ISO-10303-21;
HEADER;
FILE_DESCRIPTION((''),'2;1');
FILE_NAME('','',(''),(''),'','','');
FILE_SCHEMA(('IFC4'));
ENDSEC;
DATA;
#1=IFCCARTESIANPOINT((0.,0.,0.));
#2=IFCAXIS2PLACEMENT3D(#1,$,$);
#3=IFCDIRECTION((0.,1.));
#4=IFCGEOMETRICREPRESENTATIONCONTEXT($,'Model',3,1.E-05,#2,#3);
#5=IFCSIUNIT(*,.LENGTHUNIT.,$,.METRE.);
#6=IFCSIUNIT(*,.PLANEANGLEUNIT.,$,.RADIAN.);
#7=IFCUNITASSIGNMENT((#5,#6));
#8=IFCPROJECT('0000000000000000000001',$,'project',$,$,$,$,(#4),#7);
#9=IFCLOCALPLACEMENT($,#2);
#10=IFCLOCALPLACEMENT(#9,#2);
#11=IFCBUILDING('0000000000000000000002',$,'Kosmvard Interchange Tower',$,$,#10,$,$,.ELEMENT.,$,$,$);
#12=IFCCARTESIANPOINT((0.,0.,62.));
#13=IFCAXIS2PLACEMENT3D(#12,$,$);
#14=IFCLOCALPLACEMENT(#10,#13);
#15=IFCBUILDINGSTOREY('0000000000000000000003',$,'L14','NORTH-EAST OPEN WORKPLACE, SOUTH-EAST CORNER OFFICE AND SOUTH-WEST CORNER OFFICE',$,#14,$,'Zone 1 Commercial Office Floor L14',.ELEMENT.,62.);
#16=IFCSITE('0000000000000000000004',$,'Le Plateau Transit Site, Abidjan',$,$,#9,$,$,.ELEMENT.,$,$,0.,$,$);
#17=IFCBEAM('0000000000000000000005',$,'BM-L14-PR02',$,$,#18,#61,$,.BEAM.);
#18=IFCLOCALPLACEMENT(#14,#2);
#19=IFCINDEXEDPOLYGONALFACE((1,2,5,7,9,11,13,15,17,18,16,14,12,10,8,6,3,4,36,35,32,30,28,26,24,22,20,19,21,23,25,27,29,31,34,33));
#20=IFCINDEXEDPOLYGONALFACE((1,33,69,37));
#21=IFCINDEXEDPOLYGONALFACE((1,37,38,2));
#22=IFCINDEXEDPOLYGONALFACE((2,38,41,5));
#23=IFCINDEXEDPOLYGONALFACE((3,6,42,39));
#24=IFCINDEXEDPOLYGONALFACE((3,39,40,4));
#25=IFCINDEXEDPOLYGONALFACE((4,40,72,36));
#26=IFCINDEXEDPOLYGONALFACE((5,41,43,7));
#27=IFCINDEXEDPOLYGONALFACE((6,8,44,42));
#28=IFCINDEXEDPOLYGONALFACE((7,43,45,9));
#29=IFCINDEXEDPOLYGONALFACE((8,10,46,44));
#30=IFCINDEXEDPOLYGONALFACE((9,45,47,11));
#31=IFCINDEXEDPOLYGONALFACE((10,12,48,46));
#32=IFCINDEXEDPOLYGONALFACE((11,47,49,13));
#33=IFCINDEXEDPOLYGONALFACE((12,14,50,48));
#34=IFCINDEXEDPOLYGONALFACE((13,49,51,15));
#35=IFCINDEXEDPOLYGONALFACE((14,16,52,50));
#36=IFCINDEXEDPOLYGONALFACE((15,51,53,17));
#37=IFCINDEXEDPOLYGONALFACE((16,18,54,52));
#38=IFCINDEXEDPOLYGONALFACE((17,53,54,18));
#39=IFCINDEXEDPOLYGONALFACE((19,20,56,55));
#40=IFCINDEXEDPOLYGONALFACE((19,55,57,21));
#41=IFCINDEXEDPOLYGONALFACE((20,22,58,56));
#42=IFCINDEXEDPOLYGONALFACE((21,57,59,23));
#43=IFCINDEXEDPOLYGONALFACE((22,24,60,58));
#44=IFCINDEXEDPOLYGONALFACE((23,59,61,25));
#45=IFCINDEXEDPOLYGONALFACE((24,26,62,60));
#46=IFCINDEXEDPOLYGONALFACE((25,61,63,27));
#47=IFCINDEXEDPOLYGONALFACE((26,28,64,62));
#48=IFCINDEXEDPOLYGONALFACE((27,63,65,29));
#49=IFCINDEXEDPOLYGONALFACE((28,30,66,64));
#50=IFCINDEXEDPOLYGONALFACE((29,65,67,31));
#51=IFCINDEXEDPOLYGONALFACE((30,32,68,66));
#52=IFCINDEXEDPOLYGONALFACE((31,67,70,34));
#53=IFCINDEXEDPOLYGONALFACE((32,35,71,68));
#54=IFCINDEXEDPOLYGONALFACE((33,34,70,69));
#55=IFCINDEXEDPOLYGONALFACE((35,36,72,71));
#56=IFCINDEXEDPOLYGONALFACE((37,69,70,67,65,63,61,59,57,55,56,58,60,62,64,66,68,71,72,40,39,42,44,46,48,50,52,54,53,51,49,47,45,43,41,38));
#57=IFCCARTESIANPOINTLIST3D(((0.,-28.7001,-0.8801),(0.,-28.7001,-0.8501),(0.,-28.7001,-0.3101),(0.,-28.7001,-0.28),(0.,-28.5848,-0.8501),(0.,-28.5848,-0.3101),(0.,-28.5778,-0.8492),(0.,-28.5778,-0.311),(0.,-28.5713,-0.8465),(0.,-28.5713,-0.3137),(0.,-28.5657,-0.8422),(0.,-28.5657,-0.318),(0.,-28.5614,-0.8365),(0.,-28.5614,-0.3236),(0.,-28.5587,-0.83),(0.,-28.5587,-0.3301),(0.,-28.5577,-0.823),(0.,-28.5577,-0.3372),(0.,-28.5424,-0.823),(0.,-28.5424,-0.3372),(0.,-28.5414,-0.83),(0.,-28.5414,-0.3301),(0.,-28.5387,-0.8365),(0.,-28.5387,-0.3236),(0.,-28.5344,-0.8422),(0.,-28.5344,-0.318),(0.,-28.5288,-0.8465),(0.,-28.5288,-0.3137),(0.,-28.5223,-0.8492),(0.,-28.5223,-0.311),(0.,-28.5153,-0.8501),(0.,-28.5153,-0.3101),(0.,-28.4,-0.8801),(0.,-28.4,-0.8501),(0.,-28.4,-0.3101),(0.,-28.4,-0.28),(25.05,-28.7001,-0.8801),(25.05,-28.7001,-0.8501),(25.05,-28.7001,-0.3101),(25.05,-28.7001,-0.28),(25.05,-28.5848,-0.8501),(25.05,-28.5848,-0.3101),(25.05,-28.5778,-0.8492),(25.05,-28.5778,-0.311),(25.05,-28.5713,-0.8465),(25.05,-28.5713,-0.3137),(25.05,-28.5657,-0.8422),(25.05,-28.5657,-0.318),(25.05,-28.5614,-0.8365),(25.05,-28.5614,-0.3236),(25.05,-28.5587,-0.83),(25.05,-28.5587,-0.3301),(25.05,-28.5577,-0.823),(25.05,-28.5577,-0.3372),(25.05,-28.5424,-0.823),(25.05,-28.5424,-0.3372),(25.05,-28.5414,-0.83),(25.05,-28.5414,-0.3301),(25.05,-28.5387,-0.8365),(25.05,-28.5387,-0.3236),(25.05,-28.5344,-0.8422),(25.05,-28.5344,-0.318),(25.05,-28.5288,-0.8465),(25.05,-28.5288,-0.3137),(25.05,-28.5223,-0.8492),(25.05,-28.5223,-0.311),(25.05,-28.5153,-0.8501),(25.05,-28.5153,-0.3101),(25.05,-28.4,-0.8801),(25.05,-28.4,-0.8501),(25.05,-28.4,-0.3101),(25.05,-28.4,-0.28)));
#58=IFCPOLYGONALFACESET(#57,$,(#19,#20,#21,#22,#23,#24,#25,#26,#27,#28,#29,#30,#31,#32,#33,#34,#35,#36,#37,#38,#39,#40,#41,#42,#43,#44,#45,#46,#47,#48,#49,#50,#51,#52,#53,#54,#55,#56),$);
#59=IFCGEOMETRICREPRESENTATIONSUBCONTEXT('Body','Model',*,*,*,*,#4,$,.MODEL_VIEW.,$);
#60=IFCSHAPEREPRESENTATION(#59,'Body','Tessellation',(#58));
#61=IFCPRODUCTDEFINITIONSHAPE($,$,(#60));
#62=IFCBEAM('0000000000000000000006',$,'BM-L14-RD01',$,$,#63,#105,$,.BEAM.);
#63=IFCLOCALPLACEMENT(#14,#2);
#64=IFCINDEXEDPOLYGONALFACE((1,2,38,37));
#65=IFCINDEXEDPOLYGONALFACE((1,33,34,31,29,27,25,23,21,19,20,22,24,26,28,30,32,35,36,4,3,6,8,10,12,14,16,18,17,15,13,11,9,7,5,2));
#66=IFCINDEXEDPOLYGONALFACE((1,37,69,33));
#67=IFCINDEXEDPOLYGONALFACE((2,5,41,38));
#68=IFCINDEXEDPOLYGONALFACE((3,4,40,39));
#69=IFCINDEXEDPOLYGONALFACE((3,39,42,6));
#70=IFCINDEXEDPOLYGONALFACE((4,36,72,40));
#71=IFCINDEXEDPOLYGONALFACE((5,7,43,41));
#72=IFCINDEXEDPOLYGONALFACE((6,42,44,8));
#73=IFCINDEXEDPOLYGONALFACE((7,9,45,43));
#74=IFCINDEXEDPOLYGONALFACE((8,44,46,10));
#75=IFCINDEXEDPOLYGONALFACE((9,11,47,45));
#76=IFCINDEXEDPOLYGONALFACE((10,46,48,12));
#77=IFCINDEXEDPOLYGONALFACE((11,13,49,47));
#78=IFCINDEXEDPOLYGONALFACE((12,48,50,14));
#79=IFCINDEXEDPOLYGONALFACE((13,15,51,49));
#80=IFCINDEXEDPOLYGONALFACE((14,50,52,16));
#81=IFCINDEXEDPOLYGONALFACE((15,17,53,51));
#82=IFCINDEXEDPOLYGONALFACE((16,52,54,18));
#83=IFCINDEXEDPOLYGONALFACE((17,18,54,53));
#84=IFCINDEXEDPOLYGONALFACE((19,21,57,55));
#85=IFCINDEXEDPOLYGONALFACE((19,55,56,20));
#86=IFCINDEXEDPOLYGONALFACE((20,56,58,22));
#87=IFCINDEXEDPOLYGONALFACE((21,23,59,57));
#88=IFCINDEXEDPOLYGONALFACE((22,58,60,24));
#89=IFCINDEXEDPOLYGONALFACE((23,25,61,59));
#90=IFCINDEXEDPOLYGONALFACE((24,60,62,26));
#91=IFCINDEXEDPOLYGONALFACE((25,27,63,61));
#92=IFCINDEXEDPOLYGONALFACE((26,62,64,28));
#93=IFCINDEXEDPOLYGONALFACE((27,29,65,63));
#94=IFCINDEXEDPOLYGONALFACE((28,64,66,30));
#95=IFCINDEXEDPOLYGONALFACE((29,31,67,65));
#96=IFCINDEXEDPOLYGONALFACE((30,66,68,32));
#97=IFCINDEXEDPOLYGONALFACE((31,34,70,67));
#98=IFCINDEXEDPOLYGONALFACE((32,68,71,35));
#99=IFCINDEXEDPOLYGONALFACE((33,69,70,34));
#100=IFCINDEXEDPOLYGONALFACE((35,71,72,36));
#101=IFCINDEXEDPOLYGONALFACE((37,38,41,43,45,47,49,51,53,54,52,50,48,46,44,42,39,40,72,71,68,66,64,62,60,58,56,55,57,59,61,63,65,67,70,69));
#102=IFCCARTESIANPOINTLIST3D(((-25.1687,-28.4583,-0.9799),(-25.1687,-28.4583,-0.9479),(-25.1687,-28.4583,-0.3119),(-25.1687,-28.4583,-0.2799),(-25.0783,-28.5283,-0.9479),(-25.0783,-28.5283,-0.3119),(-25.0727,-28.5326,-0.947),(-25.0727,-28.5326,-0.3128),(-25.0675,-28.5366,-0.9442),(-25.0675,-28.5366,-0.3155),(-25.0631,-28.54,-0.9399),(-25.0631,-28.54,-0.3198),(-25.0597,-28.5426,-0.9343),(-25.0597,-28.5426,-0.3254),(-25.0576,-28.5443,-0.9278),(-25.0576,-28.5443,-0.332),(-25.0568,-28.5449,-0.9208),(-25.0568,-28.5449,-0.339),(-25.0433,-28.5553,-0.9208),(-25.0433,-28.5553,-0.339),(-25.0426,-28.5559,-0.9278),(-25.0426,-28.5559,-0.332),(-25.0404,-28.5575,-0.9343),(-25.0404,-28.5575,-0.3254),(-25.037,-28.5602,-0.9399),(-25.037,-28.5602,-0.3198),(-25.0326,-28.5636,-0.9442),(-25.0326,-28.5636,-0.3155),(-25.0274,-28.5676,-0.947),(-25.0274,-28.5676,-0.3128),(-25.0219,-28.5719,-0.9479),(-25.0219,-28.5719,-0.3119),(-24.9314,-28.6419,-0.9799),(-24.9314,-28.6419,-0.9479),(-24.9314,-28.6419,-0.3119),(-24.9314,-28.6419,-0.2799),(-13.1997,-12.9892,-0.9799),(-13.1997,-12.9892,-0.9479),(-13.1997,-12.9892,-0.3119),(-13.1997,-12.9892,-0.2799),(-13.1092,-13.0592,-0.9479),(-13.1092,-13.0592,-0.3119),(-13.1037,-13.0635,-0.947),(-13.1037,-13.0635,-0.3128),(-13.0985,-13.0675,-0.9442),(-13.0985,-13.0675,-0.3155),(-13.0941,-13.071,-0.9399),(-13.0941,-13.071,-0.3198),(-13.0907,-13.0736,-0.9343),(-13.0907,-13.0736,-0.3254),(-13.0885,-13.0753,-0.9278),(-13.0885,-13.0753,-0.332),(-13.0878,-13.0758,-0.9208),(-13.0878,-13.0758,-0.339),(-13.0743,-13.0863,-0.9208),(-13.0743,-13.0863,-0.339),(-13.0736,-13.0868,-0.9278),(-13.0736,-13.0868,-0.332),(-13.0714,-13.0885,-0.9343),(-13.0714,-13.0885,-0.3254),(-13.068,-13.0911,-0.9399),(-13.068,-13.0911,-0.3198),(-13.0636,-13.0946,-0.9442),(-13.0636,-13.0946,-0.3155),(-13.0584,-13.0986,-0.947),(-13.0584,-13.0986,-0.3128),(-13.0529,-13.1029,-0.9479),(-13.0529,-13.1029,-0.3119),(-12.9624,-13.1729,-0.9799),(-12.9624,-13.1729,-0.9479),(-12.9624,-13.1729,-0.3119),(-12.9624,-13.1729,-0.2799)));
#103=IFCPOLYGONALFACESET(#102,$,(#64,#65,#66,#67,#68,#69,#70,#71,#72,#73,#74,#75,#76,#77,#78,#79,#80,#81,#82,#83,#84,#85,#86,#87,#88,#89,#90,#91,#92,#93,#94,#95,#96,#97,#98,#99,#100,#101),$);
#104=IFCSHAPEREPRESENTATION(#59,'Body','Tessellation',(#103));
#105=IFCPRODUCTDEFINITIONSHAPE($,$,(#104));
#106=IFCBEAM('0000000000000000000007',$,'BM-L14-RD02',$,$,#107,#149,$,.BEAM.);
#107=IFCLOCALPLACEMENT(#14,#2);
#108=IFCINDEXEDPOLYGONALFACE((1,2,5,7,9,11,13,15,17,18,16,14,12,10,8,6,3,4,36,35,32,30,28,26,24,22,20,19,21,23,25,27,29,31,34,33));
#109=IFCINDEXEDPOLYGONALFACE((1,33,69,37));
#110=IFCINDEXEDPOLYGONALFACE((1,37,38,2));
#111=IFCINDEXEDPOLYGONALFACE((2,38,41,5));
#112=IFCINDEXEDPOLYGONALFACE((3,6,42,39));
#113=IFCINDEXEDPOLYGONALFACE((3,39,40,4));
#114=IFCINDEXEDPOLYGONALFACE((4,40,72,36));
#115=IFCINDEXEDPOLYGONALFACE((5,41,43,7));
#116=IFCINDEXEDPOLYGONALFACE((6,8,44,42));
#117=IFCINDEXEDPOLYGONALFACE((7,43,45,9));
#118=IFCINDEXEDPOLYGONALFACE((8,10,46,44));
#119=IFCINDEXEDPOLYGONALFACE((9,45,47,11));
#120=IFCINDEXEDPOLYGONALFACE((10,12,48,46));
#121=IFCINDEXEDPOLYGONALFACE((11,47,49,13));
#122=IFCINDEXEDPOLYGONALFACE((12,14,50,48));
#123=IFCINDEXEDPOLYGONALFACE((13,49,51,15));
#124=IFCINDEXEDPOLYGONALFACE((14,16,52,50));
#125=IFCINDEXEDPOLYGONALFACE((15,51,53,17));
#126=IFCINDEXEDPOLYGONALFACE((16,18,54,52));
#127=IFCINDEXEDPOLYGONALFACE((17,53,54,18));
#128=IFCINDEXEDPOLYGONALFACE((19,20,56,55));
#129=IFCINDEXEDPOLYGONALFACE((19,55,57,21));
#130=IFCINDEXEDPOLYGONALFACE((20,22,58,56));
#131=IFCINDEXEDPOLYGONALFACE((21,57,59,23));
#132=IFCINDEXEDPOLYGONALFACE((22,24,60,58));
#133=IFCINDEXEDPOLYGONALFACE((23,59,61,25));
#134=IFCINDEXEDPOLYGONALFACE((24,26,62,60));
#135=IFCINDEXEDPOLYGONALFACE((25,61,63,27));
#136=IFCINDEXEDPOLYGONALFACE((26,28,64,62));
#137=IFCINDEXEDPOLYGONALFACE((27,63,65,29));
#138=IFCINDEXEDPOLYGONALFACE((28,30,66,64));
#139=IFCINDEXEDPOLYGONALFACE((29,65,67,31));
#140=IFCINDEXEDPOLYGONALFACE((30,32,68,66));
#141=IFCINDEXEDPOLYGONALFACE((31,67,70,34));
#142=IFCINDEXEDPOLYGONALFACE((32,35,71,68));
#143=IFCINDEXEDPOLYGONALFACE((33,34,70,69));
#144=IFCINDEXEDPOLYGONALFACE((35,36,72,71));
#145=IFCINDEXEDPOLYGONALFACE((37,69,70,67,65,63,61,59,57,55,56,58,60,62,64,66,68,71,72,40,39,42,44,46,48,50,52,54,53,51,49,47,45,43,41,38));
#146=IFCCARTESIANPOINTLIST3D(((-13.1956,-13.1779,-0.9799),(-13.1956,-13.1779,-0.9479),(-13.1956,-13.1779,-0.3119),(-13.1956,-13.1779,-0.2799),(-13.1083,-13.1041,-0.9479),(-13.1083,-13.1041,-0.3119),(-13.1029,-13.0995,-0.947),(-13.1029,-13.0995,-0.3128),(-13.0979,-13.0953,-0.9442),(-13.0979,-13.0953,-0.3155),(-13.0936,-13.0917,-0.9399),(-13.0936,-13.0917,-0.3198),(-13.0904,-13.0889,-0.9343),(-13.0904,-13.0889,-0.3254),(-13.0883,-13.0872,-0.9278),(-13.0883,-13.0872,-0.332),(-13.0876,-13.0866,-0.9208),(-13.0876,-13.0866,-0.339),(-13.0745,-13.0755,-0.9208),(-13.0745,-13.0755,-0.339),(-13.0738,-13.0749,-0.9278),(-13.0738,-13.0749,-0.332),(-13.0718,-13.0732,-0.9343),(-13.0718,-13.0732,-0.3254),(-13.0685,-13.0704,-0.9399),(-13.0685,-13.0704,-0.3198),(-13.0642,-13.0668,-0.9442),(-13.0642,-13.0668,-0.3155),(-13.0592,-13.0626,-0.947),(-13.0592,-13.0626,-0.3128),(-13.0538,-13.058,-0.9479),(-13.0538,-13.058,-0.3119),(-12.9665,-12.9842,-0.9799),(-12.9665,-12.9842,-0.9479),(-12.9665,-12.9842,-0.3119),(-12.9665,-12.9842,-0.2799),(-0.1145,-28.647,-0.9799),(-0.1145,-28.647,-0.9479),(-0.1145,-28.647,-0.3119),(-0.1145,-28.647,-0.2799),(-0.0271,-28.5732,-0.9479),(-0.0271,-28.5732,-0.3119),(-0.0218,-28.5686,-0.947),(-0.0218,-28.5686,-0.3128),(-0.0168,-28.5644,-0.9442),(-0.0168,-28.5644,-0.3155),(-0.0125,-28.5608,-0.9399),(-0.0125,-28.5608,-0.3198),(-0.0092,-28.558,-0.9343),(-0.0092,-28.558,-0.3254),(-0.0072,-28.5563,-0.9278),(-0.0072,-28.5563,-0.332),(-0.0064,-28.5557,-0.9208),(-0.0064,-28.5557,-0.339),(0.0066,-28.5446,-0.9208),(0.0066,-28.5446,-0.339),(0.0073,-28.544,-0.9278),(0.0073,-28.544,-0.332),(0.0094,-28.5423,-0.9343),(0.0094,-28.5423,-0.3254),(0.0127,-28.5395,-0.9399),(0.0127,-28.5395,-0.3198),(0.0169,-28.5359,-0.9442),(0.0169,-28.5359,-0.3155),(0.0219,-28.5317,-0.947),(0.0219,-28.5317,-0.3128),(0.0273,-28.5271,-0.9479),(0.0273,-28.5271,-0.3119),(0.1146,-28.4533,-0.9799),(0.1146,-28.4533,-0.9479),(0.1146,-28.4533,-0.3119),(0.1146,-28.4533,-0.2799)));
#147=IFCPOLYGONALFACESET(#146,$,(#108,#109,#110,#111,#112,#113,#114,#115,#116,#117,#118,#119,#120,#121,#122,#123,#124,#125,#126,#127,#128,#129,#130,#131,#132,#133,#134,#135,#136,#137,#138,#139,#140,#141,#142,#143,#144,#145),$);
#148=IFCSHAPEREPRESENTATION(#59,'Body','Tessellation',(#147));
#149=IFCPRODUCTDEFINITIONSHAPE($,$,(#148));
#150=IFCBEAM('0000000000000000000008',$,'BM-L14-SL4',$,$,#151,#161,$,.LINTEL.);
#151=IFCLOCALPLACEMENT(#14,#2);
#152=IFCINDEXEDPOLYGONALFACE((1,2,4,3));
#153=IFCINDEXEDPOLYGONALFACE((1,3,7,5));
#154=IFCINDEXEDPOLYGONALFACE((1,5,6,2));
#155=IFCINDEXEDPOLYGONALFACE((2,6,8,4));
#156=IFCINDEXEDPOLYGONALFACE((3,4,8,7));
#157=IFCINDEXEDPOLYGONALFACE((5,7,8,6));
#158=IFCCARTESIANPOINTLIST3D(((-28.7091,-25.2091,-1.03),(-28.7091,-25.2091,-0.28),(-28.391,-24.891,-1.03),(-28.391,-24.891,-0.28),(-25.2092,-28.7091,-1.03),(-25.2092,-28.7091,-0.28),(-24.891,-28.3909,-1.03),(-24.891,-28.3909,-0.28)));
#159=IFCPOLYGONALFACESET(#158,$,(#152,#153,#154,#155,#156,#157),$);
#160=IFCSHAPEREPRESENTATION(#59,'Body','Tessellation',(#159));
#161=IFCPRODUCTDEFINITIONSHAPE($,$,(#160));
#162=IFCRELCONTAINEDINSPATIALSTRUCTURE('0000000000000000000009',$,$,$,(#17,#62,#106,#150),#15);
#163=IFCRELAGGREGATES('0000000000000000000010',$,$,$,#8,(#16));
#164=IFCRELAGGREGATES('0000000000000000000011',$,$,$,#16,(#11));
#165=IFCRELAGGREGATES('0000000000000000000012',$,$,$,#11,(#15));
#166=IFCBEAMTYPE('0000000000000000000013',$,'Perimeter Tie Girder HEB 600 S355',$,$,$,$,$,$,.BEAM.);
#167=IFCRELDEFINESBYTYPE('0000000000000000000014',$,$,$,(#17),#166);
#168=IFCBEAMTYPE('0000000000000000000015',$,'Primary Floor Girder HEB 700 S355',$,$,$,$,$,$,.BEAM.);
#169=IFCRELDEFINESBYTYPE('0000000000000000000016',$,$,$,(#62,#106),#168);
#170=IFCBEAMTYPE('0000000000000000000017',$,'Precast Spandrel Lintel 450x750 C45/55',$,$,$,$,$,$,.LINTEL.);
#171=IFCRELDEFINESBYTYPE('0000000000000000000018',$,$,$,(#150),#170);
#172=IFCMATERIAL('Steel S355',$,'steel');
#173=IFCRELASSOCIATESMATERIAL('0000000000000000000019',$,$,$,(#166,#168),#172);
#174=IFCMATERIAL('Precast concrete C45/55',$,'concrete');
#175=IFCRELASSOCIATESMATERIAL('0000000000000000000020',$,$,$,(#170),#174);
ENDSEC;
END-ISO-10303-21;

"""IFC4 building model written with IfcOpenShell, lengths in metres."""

from ifc_helpers import new_model, si_unit, direction, frame, origin, origin_2d, place, context, subcontext, project, spatial, rectangle, i_section, extrude, source, transform, mapped, material, material_profile, profile_set, type_object, element, save


model = new_model("IFC4")

# Units and contexts
model_context = context("Model", 3, precision=1e-05, world=origin(), true_north=direction((0.0, 1.0)))
body_context = subcontext(model_context, "Body", "Model", "MODEL_VIEW")
ifc_project = project(units=[si_unit("LENGTHUNIT", "METRE"), si_unit("PLANEANGLEUNIT", "RADIAN")], contexts=[model_context])

# Site, building, storey
site_placement = place(None, origin())
site = spatial("IfcSite", under=ifc_project, at=site_placement, Name="Le Plateau Transit Site, Abidjan", CompositionType="ELEMENT", RefElevation=0.0)
building_placement = place(site_placement, origin())
building = spatial("IfcBuilding", under=site, at=building_placement, Name="Kosmvard Interchange Tower", CompositionType="ELEMENT")
storey_placement = place(building_placement, frame((0.0, 0.0, 62.0)))
storey = spatial("IfcBuildingStorey", under=building, at=storey_placement, Name="L14", Description="NORTH-EAST OPEN WORKPLACE, SOUTH-EAST CORNER OFFICE AND SOUTH-WEST CORNER OFFICE", LongName="Zone 1 Commercial Office Floor L14", CompositionType="ELEMENT", Elevation=62.0)

# Beams
ifc_material_1 = material(Name="Steel S355", Category="steel")
ifc_material_profile_1 = material_profile(ifc_material_1, i_section(OverallWidth=0.3, OverallDepth=0.6001, WebThickness=0.0154, FlangeThickness=0.03, FilletRadius=0.0271, at=origin_2d()), Name="HEB 600")
ifc_profile_set_1 = profile_set([ifc_material_profile_1], Name="Steel S355")
beam_type_1 = type_object("IfcBeamType", Name="Perimeter Tie Girder HEB 600 S355", PredefinedType="BEAM", material=ifc_profile_set_1)
shared_shape_1 = source(origin(), body_context, "Body", "SweptSolid", [
    extrude(i_section(OverallWidth=0.3, OverallDepth=0.6001, WebThickness=0.0154, FlangeThickness=0.03, FilletRadius=0.0271, at=origin_2d()), origin(), (0.0, 0.0, 1.0), 25.05),
])
for number, where, z_axis, x_axis, name in (
    (1, (0.0, -28.55, -0.5801), (1.0, 0.0, 0.0), (0.0, 1.0, 0.0), "BM-L14-PR02"),
):
    element("IfcBeam", number, at=place(storey_placement, frame(where, z_axis=z_axis, x_axis=x_axis)), inside=storey, type_object=beam_type_1, Name=name, PredefinedType="BEAM", context=body_context, shape_type="MappedRepresentation", body=[
        mapped(shared_shape_1, transform((0.0, 0.0, 0.0), scale=1.0)),
    ])
ifc_material_profile_2 = material_profile(ifc_material_1, i_section(OverallWidth=0.3, OverallDepth=0.7, WebThickness=0.0171, FlangeThickness=0.032, FilletRadius=0.0271, at=origin_2d()), Name="HEB 700")
ifc_profile_set_2 = profile_set([ifc_material_profile_2], Name="Steel S355")
beam_type_2 = type_object("IfcBeamType", Name="Primary Floor Girder HEB 700 S355", PredefinedType="BEAM", material=ifc_profile_set_2)
shared_shape_2 = source(origin(), body_context, "Body", "SweptSolid", [
    extrude(i_section(OverallWidth=0.3, OverallDepth=0.7, WebThickness=0.0171, FlangeThickness=0.032, FilletRadius=0.0271, at=origin_2d()), origin(), (0.0, 0.0, 1.0), 19.5588),
])
beam_1_placement = place(storey_placement, frame((-13.0811, -13.0811, -0.6299), z_axis=(-0.611949, -0.790897, 0.0), x_axis=(0.790897, -0.611949, 0.0)))
element("IfcBeam", 2, at=beam_1_placement, inside=storey, type_object=beam_type_2, Name="BM-L14-RD01", PredefinedType="BEAM", context=body_context, shape_type="MappedRepresentation", body=[
    mapped(shared_shape_2, transform((0.0, 0.0, 0.0), scale=1.0)),
])
shared_shape_3 = source(origin(), body_context, "Body", "SweptSolid", [
    extrude(i_section(OverallWidth=0.3, OverallDepth=0.7, WebThickness=0.0171, FlangeThickness=0.032, FilletRadius=0.0271, at=origin_2d()), origin(), (0.0, 0.0, 1.0), 20.2585),
])
beam_2_placement = place(storey_placement, frame((-13.0811, -13.0811, -0.6299), z_axis=(0.645709, -0.763583, 0.0), x_axis=(0.763583, 0.645709, 0.0)))
element("IfcBeam", 3, at=beam_2_placement, inside=storey, type_object=beam_type_2, Name="BM-L14-RD02", PredefinedType="BEAM", context=body_context, shape_type="MappedRepresentation", body=[
    mapped(shared_shape_3, transform((0.0, 0.0, 0.0), scale=1.0)),
])
ifc_material_2 = material(Name="Precast concrete C45/55", Category="concrete")
ifc_material_profile_3 = material_profile(ifc_material_2, rectangle(XDim=0.45, YDim=0.75, at=origin_2d()), Name="SL 450x750")
ifc_profile_set_3 = profile_set([ifc_material_profile_3], Name="Precast concrete C45/55")
beam_type_3 = type_object("IfcBeamType", Name="Precast Spandrel Lintel 450x750 C45/55", PredefinedType="LINTEL", material=ifc_profile_set_3)
shared_shape_4 = source(origin(), body_context, "Body", "SweptSolid", [
    extrude(rectangle(XDim=0.45, YDim=0.75, at=origin_2d()), origin(), (0.0, 0.0, 1.0), 4.9497),
])
beam_3_placement = place(storey_placement, frame((-28.55, -25.05, -0.655), z_axis=(0.707107, -0.707107, 0.0), x_axis=(0.707107, 0.707107, 0.0)))
element("IfcBeam", 4, at=beam_3_placement, inside=storey, type_object=beam_type_3, Name="BM-L14-SL4", PredefinedType="LINTEL", context=body_context, shape_type="MappedRepresentation", body=[
    mapped(shared_shape_4, transform((0.0, 0.0, 0.0), scale=1.0)),
])

save(model, "model.ifc")
